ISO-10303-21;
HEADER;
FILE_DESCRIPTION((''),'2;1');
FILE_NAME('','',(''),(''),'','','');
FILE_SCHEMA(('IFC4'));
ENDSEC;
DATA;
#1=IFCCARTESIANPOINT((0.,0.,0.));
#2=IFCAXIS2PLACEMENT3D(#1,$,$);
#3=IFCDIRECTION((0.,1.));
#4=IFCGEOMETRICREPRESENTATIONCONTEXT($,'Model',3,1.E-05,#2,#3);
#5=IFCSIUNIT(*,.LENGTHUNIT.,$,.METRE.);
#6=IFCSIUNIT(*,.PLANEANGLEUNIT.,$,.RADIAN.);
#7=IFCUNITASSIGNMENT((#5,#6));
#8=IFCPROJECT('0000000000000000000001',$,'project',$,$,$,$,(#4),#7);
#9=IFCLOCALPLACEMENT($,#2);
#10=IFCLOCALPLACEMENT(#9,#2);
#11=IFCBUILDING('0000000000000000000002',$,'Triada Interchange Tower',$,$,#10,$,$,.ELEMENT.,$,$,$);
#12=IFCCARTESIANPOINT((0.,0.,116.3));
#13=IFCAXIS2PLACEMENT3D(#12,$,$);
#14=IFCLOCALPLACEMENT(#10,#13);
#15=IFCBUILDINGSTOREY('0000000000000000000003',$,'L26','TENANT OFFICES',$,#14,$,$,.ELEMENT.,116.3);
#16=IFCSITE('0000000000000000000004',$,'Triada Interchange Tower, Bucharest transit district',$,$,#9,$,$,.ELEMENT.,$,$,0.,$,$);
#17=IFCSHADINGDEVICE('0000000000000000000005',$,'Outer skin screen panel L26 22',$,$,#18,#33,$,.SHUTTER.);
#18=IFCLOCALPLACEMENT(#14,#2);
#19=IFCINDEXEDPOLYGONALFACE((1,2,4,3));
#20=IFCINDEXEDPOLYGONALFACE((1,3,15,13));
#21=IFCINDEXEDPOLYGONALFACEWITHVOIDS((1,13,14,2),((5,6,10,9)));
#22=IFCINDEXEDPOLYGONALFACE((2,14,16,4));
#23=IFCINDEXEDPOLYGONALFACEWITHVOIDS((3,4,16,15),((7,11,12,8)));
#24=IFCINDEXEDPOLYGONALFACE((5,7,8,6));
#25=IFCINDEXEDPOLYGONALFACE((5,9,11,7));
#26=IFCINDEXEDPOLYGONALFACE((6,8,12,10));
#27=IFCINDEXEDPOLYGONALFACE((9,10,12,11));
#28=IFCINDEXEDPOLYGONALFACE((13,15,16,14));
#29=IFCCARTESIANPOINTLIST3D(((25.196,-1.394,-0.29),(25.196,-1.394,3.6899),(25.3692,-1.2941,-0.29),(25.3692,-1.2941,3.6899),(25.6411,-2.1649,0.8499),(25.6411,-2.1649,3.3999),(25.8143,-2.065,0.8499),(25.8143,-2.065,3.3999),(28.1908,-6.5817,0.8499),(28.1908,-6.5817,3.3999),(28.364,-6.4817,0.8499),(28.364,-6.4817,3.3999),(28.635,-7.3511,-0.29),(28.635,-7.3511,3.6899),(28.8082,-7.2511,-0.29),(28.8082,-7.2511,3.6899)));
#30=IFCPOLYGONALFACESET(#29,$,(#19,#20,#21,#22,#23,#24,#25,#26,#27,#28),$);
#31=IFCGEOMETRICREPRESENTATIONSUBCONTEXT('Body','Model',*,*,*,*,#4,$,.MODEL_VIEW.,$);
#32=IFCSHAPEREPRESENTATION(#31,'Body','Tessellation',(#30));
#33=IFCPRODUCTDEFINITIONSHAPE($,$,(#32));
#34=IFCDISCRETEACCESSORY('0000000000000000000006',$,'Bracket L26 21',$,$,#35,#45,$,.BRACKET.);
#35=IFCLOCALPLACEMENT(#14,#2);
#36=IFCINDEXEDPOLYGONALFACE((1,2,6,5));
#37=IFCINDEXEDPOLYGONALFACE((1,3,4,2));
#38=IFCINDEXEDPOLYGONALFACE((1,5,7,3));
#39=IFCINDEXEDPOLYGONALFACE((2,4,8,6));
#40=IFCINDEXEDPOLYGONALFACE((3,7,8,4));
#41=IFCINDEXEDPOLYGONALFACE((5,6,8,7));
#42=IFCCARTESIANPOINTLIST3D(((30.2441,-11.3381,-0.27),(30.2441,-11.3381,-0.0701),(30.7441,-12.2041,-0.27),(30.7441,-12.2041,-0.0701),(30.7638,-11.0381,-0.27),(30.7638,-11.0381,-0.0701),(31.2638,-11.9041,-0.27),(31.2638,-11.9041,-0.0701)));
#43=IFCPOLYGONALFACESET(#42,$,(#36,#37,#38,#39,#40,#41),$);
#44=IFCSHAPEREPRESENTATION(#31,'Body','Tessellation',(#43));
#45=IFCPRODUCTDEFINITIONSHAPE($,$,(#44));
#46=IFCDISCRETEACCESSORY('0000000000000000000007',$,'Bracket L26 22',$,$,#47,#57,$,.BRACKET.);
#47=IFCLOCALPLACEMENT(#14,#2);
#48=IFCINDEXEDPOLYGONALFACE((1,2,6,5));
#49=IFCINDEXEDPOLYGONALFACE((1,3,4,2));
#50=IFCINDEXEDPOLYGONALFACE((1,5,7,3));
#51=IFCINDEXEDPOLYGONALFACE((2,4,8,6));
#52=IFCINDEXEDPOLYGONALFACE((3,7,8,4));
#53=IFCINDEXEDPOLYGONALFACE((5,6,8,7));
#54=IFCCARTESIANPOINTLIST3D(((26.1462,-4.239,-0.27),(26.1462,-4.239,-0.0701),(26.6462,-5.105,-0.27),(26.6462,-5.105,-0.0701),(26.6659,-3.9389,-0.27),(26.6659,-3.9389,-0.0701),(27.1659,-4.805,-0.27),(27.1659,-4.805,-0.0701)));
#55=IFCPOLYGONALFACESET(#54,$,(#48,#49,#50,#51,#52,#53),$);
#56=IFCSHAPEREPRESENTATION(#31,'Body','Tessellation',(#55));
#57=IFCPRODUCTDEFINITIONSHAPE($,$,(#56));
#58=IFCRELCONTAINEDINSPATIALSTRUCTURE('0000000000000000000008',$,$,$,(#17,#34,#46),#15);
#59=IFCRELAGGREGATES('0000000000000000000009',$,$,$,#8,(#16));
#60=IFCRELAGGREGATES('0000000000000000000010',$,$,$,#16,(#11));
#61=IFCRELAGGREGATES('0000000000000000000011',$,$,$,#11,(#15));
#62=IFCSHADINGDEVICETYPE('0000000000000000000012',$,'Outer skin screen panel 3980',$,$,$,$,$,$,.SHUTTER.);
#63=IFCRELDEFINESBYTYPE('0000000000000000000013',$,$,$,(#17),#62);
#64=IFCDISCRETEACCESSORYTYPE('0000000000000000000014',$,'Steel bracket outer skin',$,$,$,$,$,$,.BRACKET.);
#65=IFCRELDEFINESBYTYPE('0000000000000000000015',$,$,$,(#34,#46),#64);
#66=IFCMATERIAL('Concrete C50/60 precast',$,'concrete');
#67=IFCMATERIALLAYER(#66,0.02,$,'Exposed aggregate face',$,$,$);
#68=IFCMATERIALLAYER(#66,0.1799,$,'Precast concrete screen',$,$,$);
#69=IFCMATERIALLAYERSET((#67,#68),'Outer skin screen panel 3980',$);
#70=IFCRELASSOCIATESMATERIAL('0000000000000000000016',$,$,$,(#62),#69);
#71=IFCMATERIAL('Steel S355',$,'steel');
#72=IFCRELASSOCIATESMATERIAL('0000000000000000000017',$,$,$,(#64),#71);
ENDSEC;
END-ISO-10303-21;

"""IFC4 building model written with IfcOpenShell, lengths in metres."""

from ifc_helpers import new_model, si_unit, direction, frame, origin, origin_2d, place, context, subcontext, project, spatial, polyline, rectangle, outline, extrude, material, layer, layer_set, type_object, element, save


model = new_model("IFC4")

# Units and contexts
model_context = context("Model", 3, precision=1e-05, world=origin(), true_north=direction((0.0, 1.0)))
body_context = subcontext(model_context, "Body", "Model", "MODEL_VIEW")
ifc_project = project(units=[si_unit("LENGTHUNIT", "METRE"), si_unit("PLANEANGLEUNIT", "RADIAN")], contexts=[model_context])

# Site, building, storey
site_placement = place(None, origin())
site = spatial("IfcSite", under=ifc_project, at=site_placement, Name="Triada Interchange Tower, Bucharest transit district", CompositionType="ELEMENT", RefElevation=0.0)
building_placement = place(site_placement, origin())
building = spatial("IfcBuilding", under=site, at=building_placement, Name="Triada Interchange Tower", CompositionType="ELEMENT")
storey_placement = place(building_placement, frame((0.0, 0.0, 116.3)))
storey = spatial("IfcBuildingStorey", under=building, at=storey_placement, Name="L26", Description="TENANT OFFICES", CompositionType="ELEMENT", Elevation=116.3)

# Shading device
ifc_material_1 = material(Name="Concrete C50/60 precast", Category="concrete")
ifc_layer_1 = layer(ifc_material_1, 0.02, Name="Exposed aggregate face")
ifc_layer_2 = layer(ifc_material_1, 0.1799, Name="Precast concrete screen")
ifc_layer_set_1 = layer_set([ifc_layer_1, ifc_layer_2], Name="Outer skin screen panel 3980")
shading_device_type = type_object("IfcShadingDeviceType", Name="Outer skin screen panel 3980", PredefinedType="SHUTTER", material=ifc_layer_set_1)
shading_device_placement = place(storey_placement, frame((28.635, -7.3511, -0.29), z_axis=(0.0, 0.0, 1.0), x_axis=(-0.499964, 0.866046, 0.0)))
element("IfcShadingDevice", 1, at=shading_device_placement, inside=storey, type_object=shading_device_type, Name="Outer skin screen panel L26 22", PredefinedType="SHUTTER", context=body_context, shape_type="SweptSolid", body=[
    extrude(outline(polyline([(0.0, 0.0), (6.8784, 0.0), (6.8784, 3.98), (0.0, 3.98), (0.0, 0.0)]), holes=[polyline([(0.8884, 1.1399), (0.8884, 3.6899), (5.9883, 3.6899), (5.9883, 1.1399), (0.8884, 1.1399)])]), frame((0.0, 0.0, 0.0), z_axis=(0.0, -1.0, 0.0), x_axis=(1.0, 0.0, 0.0)), (0.0, 0.0, 1.0), 0.2),
])

# Discrete accessories
ifc_material_2 = material(Name="Steel S355", Category="steel")
discrete_accessory_type = type_object("IfcDiscreteAccessoryType", Name="Steel bracket outer skin", PredefinedType="BRACKET", material=ifc_material_2)
for number, where, z_axis, x_axis, name in (
    (2, (30.7539, -11.6211, -0.27), (0.0, 0.0, 1.0), (0.866028, 0.499995, 0.0), "Bracket L26 21"),
    (3, (26.656, -4.522, -0.27), (0.0, 0.0, 1.0), (0.866028, 0.499995, 0.0), "Bracket L26 22"),
):
    element("IfcDiscreteAccessory", number, at=place(storey_placement, frame(where, z_axis=z_axis, x_axis=x_axis)), inside=storey, type_object=discrete_accessory_type, Name=name, PredefinedType="BRACKET", context=body_context, shape_type="SweptSolid", body=[
        extrude(rectangle(XDim=0.6001, YDim=1.0, at=origin_2d()), origin(), (0.0, 0.0, 1.0), 0.2),
    ])

save(model, "model.ifc")
